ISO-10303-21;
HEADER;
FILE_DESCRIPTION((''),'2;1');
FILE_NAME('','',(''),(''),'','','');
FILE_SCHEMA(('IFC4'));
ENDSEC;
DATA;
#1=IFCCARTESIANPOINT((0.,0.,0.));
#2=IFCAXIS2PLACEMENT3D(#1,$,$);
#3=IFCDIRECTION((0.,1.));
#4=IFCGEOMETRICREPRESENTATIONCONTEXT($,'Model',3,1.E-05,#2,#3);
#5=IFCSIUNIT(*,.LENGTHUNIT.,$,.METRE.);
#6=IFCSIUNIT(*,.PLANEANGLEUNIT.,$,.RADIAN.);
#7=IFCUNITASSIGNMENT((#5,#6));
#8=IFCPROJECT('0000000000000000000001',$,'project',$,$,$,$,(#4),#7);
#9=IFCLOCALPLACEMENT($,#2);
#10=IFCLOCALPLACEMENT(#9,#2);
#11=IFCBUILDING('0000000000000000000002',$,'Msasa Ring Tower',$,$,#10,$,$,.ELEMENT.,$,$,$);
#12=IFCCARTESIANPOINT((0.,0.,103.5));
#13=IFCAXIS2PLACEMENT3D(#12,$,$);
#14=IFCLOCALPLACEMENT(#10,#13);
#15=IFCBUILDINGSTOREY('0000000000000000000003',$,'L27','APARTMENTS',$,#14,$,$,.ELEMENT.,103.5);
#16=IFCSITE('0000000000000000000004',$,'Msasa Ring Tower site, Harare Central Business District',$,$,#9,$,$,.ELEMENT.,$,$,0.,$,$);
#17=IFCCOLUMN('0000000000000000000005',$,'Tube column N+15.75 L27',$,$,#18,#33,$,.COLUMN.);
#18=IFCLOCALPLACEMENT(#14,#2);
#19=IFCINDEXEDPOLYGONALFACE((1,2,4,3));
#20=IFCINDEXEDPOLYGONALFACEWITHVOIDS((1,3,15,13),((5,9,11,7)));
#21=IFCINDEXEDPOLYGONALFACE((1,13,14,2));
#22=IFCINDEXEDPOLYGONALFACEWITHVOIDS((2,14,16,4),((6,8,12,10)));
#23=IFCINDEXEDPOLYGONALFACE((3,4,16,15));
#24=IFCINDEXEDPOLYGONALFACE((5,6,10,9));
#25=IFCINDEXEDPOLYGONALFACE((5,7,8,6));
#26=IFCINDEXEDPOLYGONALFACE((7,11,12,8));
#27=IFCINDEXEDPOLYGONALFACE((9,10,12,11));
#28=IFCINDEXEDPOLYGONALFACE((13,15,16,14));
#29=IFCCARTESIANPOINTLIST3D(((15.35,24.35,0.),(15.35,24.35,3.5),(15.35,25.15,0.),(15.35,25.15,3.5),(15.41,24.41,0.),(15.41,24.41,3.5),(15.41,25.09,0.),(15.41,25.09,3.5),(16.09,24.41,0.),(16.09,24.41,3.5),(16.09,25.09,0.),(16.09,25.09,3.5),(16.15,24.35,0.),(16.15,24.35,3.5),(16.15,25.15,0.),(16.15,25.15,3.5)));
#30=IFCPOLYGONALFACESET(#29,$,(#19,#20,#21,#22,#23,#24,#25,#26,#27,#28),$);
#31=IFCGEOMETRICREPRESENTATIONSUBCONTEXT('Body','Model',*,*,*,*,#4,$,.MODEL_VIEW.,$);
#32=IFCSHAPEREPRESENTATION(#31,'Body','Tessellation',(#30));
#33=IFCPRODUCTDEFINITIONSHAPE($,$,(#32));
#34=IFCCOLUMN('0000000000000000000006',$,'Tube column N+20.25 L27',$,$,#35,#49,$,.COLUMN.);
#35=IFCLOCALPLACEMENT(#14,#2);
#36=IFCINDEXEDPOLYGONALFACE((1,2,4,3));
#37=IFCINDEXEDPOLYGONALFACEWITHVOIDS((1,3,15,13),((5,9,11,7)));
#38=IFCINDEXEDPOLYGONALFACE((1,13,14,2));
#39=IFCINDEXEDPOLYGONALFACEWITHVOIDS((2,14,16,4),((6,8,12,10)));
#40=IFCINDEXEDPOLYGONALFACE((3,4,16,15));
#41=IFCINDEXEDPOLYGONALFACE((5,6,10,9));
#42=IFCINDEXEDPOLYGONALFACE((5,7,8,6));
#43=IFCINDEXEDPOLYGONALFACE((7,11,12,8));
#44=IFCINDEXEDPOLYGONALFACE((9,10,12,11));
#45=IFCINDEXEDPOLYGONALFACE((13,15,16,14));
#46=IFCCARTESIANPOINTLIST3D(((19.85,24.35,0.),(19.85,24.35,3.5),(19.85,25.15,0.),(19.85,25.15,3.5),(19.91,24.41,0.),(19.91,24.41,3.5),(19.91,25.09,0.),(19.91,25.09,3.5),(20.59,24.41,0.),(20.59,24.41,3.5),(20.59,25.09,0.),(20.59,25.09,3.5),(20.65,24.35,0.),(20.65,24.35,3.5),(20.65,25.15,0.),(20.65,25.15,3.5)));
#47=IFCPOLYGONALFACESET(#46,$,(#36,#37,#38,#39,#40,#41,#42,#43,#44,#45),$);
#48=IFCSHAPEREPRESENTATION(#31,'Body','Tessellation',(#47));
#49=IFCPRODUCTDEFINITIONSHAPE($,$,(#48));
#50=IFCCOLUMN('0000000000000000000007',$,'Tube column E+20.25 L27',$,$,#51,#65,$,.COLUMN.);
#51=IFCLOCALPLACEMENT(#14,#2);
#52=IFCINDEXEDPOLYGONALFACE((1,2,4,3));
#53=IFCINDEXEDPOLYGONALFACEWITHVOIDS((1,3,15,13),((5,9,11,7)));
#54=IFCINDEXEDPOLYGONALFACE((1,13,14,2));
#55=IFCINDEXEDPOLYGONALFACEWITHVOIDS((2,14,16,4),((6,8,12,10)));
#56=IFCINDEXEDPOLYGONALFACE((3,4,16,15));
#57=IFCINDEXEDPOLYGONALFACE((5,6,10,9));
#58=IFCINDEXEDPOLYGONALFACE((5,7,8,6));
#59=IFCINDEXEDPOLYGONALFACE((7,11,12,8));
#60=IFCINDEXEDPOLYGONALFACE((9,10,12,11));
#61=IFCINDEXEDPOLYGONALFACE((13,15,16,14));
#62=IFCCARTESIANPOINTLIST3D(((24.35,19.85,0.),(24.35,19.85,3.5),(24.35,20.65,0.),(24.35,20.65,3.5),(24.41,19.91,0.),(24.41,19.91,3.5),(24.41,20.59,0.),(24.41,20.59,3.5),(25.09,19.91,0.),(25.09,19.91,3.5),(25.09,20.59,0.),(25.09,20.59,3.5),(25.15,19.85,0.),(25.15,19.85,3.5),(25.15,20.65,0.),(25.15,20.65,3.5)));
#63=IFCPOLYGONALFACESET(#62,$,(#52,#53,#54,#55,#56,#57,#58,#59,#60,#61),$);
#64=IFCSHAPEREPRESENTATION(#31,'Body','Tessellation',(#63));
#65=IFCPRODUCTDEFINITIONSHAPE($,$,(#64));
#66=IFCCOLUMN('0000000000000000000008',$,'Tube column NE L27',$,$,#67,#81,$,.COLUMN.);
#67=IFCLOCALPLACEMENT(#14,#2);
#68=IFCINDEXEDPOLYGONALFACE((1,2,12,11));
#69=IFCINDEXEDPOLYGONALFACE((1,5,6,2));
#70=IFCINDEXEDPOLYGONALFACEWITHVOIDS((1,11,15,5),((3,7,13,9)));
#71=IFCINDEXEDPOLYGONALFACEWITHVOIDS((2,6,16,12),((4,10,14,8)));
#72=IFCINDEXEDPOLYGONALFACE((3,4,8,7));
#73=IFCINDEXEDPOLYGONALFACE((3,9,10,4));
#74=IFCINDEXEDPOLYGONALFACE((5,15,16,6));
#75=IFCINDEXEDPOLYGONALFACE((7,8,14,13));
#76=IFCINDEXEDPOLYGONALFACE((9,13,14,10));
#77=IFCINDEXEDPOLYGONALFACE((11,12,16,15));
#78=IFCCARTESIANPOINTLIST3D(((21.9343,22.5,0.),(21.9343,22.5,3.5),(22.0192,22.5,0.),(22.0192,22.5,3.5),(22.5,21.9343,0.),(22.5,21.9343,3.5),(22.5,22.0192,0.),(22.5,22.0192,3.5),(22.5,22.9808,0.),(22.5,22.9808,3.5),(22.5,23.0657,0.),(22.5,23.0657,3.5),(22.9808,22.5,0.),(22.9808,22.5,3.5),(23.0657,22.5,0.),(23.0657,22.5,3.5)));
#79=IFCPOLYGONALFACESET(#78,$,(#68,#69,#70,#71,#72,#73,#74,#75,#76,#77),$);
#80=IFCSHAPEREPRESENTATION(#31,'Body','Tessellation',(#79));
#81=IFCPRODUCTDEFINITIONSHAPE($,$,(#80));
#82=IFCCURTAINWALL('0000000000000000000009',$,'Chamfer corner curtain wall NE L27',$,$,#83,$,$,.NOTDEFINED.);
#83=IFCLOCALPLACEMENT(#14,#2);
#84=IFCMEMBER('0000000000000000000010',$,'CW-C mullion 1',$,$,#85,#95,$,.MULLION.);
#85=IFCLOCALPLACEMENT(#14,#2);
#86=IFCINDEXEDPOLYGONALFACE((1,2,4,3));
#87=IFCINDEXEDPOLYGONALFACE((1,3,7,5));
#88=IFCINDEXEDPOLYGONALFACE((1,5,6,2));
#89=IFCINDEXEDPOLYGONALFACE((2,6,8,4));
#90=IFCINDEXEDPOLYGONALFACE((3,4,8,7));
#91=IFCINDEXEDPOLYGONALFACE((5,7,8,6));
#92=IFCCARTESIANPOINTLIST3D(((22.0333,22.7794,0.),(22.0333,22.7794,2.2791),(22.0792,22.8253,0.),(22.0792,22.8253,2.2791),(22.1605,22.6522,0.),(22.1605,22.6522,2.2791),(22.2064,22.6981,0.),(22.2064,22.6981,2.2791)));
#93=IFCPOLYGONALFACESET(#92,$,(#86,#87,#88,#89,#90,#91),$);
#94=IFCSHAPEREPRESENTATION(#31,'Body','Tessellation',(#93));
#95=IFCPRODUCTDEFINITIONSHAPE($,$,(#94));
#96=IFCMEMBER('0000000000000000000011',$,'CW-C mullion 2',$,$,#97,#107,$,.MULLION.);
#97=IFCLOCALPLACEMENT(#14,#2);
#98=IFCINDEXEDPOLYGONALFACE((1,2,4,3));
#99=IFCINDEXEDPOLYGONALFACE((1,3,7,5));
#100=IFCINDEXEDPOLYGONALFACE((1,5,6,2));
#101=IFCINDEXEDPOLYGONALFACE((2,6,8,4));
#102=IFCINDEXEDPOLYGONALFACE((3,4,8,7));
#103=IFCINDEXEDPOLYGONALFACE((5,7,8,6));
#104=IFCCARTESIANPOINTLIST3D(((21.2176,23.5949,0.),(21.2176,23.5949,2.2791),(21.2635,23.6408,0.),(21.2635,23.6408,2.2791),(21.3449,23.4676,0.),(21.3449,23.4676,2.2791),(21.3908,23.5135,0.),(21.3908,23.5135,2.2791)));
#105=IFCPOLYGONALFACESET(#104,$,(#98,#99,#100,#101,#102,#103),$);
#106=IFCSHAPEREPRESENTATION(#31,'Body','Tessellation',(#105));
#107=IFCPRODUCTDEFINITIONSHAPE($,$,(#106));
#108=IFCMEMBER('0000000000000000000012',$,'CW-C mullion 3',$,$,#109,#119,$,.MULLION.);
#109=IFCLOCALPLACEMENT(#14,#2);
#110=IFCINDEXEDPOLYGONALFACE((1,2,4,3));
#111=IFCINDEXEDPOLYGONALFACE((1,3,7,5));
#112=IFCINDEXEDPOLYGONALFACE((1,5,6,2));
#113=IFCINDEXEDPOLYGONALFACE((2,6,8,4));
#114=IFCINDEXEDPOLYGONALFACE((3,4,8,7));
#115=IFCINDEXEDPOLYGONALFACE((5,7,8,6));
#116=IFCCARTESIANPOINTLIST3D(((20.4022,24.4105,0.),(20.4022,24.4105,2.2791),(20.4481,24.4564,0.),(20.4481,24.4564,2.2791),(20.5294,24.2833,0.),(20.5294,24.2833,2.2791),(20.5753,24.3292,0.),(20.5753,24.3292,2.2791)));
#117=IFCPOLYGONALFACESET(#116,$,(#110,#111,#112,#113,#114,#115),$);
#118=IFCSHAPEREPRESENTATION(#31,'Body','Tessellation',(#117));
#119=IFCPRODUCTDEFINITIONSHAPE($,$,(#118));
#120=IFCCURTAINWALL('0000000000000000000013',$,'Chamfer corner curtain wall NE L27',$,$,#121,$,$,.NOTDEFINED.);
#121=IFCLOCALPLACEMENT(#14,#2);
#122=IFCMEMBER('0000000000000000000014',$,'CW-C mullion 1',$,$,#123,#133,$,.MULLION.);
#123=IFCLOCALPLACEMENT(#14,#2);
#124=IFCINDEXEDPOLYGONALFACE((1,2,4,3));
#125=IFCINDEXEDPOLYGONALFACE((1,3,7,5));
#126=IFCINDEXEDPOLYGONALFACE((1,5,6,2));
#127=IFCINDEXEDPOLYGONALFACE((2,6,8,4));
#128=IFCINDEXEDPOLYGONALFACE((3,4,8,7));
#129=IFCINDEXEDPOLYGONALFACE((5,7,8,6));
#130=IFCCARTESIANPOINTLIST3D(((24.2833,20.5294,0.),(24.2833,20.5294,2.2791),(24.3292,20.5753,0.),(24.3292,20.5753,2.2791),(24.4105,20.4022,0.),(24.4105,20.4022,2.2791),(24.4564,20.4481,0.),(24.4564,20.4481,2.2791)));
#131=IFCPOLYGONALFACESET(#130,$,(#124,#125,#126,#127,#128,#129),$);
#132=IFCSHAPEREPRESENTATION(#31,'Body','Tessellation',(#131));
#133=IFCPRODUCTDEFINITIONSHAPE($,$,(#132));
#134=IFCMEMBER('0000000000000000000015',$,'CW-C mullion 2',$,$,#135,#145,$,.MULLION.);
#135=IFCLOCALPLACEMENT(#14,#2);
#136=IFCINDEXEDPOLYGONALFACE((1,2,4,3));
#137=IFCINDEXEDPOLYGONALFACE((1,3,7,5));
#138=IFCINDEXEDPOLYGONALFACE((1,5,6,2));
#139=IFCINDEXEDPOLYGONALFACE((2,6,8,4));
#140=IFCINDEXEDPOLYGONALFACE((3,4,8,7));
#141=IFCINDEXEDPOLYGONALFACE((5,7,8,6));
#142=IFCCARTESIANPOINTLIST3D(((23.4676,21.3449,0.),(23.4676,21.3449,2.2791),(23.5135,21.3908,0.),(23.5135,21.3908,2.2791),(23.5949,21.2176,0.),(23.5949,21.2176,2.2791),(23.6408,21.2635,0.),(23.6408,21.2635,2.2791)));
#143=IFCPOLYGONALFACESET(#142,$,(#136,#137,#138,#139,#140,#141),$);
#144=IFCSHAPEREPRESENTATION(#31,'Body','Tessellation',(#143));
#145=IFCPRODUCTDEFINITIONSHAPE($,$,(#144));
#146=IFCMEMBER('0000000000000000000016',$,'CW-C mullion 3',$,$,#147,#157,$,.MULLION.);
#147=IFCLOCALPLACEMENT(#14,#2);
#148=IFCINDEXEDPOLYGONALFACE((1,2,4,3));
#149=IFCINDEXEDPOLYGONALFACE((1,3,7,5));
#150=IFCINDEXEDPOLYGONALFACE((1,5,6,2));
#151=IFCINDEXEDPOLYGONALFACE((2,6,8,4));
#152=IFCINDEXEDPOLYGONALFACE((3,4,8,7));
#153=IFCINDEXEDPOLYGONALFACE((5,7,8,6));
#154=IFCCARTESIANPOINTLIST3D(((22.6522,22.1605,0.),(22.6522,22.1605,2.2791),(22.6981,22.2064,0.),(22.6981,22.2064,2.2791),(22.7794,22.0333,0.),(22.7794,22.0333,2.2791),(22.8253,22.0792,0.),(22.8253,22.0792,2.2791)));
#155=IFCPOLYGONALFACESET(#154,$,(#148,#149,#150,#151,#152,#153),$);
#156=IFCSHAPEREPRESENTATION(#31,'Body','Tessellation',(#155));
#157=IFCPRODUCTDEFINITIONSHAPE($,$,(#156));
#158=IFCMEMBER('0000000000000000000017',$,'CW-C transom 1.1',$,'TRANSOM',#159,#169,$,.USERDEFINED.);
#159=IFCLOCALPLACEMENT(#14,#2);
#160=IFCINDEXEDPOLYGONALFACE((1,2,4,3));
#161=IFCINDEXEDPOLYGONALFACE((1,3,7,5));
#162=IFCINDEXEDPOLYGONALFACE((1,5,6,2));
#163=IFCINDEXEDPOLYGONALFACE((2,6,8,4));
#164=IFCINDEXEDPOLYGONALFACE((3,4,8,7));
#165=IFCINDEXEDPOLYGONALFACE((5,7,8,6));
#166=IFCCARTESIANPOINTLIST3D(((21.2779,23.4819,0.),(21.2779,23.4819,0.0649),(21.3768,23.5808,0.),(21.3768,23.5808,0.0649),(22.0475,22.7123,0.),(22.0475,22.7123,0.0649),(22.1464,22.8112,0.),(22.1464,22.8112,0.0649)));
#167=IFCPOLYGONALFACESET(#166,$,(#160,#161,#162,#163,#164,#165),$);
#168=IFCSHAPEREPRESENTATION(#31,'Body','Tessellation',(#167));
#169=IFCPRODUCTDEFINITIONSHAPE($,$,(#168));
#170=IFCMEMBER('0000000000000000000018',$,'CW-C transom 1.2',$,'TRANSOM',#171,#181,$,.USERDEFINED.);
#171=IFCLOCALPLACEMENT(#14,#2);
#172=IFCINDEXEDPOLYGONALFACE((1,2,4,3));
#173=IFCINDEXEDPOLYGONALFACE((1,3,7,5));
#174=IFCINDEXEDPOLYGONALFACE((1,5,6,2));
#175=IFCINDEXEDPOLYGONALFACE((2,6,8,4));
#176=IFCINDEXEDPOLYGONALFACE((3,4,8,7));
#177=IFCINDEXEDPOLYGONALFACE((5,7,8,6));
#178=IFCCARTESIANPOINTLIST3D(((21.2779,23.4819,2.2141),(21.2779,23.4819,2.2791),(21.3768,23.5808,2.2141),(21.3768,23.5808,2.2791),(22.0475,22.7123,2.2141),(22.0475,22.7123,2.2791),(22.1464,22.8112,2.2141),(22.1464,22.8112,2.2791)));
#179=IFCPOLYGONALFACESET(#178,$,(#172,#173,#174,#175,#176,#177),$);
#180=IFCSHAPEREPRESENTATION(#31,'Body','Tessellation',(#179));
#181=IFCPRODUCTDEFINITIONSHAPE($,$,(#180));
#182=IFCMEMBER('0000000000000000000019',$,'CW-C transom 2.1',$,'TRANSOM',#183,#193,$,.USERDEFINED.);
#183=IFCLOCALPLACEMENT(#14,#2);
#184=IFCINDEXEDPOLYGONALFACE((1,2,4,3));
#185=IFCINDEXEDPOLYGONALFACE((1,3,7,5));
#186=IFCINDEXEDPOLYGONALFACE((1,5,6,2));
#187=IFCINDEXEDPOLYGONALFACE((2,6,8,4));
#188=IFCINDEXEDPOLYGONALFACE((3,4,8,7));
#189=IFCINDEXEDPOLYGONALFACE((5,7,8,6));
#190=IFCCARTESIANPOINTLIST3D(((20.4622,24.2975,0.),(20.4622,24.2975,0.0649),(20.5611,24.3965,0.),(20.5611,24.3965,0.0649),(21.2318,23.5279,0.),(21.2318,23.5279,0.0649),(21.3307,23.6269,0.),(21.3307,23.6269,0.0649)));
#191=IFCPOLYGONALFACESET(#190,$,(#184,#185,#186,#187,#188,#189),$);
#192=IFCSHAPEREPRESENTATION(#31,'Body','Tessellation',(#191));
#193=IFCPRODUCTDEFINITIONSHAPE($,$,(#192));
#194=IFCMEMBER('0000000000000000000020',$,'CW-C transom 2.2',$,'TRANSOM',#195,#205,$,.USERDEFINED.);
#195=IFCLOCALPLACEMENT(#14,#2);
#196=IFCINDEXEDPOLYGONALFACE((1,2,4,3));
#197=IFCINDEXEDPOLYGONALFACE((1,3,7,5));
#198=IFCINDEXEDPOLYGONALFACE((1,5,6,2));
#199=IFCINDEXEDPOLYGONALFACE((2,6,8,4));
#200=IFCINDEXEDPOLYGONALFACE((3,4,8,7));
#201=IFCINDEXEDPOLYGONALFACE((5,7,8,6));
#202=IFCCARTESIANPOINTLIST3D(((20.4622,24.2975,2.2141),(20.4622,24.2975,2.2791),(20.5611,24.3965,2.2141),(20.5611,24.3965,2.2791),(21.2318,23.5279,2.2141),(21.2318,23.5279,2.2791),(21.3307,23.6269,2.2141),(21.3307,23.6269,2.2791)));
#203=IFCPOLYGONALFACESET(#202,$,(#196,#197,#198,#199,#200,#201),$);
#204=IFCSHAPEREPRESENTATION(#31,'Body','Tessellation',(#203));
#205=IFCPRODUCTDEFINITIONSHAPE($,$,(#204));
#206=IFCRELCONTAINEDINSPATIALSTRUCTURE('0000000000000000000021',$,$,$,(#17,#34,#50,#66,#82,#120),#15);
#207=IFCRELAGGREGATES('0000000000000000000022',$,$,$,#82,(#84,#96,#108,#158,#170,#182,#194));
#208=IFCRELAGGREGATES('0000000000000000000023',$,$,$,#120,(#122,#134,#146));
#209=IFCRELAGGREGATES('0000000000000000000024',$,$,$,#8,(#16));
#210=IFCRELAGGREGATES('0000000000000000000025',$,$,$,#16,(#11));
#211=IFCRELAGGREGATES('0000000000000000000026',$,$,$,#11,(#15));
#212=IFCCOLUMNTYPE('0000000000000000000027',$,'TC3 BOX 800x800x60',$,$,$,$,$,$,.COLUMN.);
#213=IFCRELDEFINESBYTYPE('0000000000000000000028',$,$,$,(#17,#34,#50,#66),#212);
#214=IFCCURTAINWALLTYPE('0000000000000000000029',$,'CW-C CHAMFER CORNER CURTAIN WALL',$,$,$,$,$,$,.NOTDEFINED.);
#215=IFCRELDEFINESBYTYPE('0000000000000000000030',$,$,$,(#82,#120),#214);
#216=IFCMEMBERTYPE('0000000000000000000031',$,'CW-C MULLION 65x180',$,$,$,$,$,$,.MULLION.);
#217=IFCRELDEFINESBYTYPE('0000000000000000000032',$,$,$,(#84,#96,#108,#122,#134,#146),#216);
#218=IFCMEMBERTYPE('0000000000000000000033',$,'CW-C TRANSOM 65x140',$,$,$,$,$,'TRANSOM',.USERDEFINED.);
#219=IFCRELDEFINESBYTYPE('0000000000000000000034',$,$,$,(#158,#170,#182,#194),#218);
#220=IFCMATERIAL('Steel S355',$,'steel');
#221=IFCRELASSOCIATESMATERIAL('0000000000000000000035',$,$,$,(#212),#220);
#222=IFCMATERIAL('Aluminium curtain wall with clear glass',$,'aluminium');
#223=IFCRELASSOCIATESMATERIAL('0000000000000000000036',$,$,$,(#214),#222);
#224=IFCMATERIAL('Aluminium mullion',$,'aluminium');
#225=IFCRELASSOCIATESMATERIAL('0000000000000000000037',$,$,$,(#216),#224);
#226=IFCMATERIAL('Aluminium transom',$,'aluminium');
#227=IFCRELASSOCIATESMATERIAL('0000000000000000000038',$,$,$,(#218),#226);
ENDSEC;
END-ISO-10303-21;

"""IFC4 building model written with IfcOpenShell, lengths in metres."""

from ifc_helpers import new_model, si_unit, direction, frame, origin, origin_2d, place, context, subcontext, project, spatial, rectangle, hollow_rectangle, extrude, material, material_profile, profile_set, type_object, element, aggregate, save


model = new_model("IFC4")

# Units and contexts
model_context = context("Model", 3, precision=1e-05, world=origin(), true_north=direction((0.0, 1.0)))
body_context = subcontext(model_context, "Body", "Model", "MODEL_VIEW")
ifc_project = project(units=[si_unit("LENGTHUNIT", "METRE"), si_unit("PLANEANGLEUNIT", "RADIAN")], contexts=[model_context])

# Site, building, storey
site_placement = place(None, origin())
site = spatial("IfcSite", under=ifc_project, at=site_placement, Name="Msasa Ring Tower site, Harare Central Business District", CompositionType="ELEMENT", RefElevation=0.0)
building_placement = place(site_placement, origin())
building = spatial("IfcBuilding", under=site, at=building_placement, Name="Msasa Ring Tower", CompositionType="ELEMENT")
storey_placement = place(building_placement, frame((0.0, 0.0, 103.5)))
storey = spatial("IfcBuildingStorey", under=building, at=storey_placement, Name="L27", Description="APARTMENTS", CompositionType="ELEMENT", Elevation=103.5)

# Columns
ifc_material_1 = material(Name="Steel S355", Category="steel")
ifc_material_profile_1 = material_profile(ifc_material_1, hollow_rectangle(XDim=0.8, YDim=0.8, WallThickness=0.0601, at=origin_2d()), Name="BOX 800x800x60")
ifc_profile_set_1 = profile_set([ifc_material_profile_1], Name="Steel S355")
column_type = type_object("IfcColumnType", Name="TC3 BOX 800x800x60", PredefinedType="COLUMN", material=ifc_profile_set_1)
for number, where, z_axis, x_axis, name in (
    (1, (15.75, 24.75, 0.0), (0.0, 0.0, 1.0), (0.0, 1.0, 0.0), "Tube column N+15.75 L27"),
    (2, (20.25, 24.75, 0.0), (0.0, 0.0, 1.0), (0.0, 1.0, 0.0), "Tube column N+20.25 L27"),
    (3, (24.75, 20.25, 0.0), (0.0, 0.0, 1.0), (1.0, 0.0, 0.0), "Tube column E+20.25 L27"),
    (4, (22.5, 22.5, 0.0), (0.0, 0.0, 1.0), (0.707107, 0.707107, 0.0), "Tube column NE L27"),
):
    element("IfcColumn", number, at=place(storey_placement, frame(where, z_axis=z_axis, x_axis=x_axis)), inside=storey, type_object=column_type, Name=name, PredefinedType="COLUMN", context=body_context, shape_type="SweptSolid", body=[
        extrude(hollow_rectangle(XDim=0.8, YDim=0.8, WallThickness=0.0601, at=origin_2d()), origin(), (0.0, 0.0, 1.0), 3.5),
    ])

# Curtain walls, members
ifc_material_2 = material(Name="Aluminium curtain wall with clear glass", Category="aluminium")
curtain_wall_type = type_object("IfcCurtainWallType", Name="CW-C CHAMFER CORNER CURTAIN WALL", PredefinedType="NOTDEFINED", material=ifc_material_2)
curtain_wall_1_placement = place(storey_placement, origin())
curtain_wall_1 = element("IfcCurtainWall", 5, at=curtain_wall_1_placement, inside=storey, type_object=curtain_wall_type, Name="Chamfer corner curtain wall NE L27", PredefinedType="NOTDEFINED")
ifc_material_3 = material(Name="Aluminium mullion", Category="aluminium")
ifc_material_profile_2 = material_profile(ifc_material_3, rectangle(XDim=0.0649, YDim=0.1799, at=origin_2d()), Name="AL 65x180")
ifc_profile_set_2 = profile_set([ifc_material_profile_2], Name="Aluminium mullion")
member_type_1 = type_object("IfcMemberType", Name="CW-C MULLION 65x180", PredefinedType="MULLION", material=ifc_profile_set_2)
member_1_placement = place(storey_placement, frame((22.1199, 22.7388, 0.0), z_axis=(0.0, 0.0, 1.0), x_axis=(-0.707107, -0.707107, 0.0)))
member_1 = element("IfcMember", 6, at=member_1_placement, type_object=member_type_1, Name="CW-C mullion 1", PredefinedType="MULLION", context=body_context, shape_type="SweptSolid", body=[
    extrude(rectangle(XDim=0.0649, YDim=0.1799, at=origin_2d()), origin(), (0.0, 0.0, 1.0), 2.2791),
])
member_2_placement = place(storey_placement, frame((21.3042, 23.5542, 0.0), z_axis=(0.0, 0.0, 1.0), x_axis=(-0.707107, -0.707107, 0.0)))
member_2 = element("IfcMember", 7, at=member_2_placement, type_object=member_type_1, Name="CW-C mullion 2", PredefinedType="MULLION", context=body_context, shape_type="SweptSolid", body=[
    extrude(rectangle(XDim=0.0649, YDim=0.1799, at=origin_2d()), origin(), (0.0, 0.0, 1.0), 2.2791),
])
member_3_placement = place(storey_placement, frame((20.4888, 24.3699, 0.0), z_axis=(0.0, 0.0, 1.0), x_axis=(-0.707107, -0.707107, 0.0)))
member_3 = element("IfcMember", 8, at=member_3_placement, type_object=member_type_1, Name="CW-C mullion 3", PredefinedType="MULLION", context=body_context, shape_type="SweptSolid", body=[
    extrude(rectangle(XDim=0.0649, YDim=0.1799, at=origin_2d()), origin(), (0.0, 0.0, 1.0), 2.2791),
])
curtain_wall_2_placement = place(storey_placement, origin())
curtain_wall_2 = element("IfcCurtainWall", 9, at=curtain_wall_2_placement, inside=storey, type_object=curtain_wall_type, Name="Chamfer corner curtain wall NE L27", PredefinedType="NOTDEFINED")
member_4_placement = place(storey_placement, frame((24.3699, 20.4888, 0.0), z_axis=(0.0, 0.0, 1.0), x_axis=(-0.707107, -0.707107, 0.0)))
member_4 = element("IfcMember", 10, at=member_4_placement, type_object=member_type_1, Name="CW-C mullion 1", PredefinedType="MULLION", context=body_context, shape_type="SweptSolid", body=[
    extrude(rectangle(XDim=0.0649, YDim=0.1799, at=origin_2d()), origin(), (0.0, 0.0, 1.0), 2.2791),
])
member_5_placement = place(storey_placement, frame((23.5542, 21.3042, 0.0), z_axis=(0.0, 0.0, 1.0), x_axis=(-0.707107, -0.707107, 0.0)))
member_5 = element("IfcMember", 11, at=member_5_placement, type_object=member_type_1, Name="CW-C mullion 2", PredefinedType="MULLION", context=body_context, shape_type="SweptSolid", body=[
    extrude(rectangle(XDim=0.0649, YDim=0.1799, at=origin_2d()), origin(), (0.0, 0.0, 1.0), 2.2791),
])
member_6_placement = place(storey_placement, frame((22.7388, 22.1199, 0.0), z_axis=(0.0, 0.0, 1.0), x_axis=(-0.707107, -0.707107, 0.0)))
member_6 = element("IfcMember", 12, at=member_6_placement, type_object=member_type_1, Name="CW-C mullion 3", PredefinedType="MULLION", context=body_context, shape_type="SweptSolid", body=[
    extrude(rectangle(XDim=0.0649, YDim=0.1799, at=origin_2d()), origin(), (0.0, 0.0, 1.0), 2.2791),
])

# Members
ifc_material_4 = material(Name="Aluminium transom", Category="aluminium")
ifc_material_profile_3 = material_profile(ifc_material_4, rectangle(XDim=0.1399, YDim=0.0649, at=origin_2d()), Name="AL 65x140")
ifc_profile_set_3 = profile_set([ifc_material_profile_3], Name="Aluminium transom")
member_type_2 = type_object("IfcMemberType", Name="CW-C TRANSOM 65x140", ElementType="TRANSOM", PredefinedType="USERDEFINED", material=ifc_profile_set_3)
member_7_placement = place(storey_placement, frame((22.0969, 22.7617, 0.0325), z_axis=(-0.707107, 0.707107, 0.0), x_axis=(-0.707107, -0.707107, 0.0)))
member_7 = element("IfcMember", 13, at=member_7_placement, type_object=member_type_2, Name="CW-C transom 1.1", ObjectType="TRANSOM", PredefinedType="USERDEFINED", context=body_context, shape_type="SweptSolid", body=[
    extrude(rectangle(XDim=0.1399, YDim=0.0649, at=origin_2d()), origin(), (0.0, 0.0, 1.0), 1.0884),
])
member_8_placement = place(storey_placement, frame((22.0969, 22.7617, 2.2466), z_axis=(-0.707107, 0.707107, 0.0), x_axis=(-0.707107, -0.707107, 0.0)))
member_8 = element("IfcMember", 14, at=member_8_placement, type_object=member_type_2, Name="CW-C transom 1.2", ObjectType="TRANSOM", PredefinedType="USERDEFINED", context=body_context, shape_type="SweptSolid", body=[
    extrude(rectangle(XDim=0.1399, YDim=0.0649, at=origin_2d()), origin(), (0.0, 0.0, 1.0), 1.0884),
])
member_9_placement = place(storey_placement, frame((21.2812, 23.5774, 0.0325), z_axis=(-0.707107, 0.707107, 0.0), x_axis=(-0.707107, -0.707107, 0.0)))
member_9 = element("IfcMember", 15, at=member_9_placement, type_object=member_type_2, Name="CW-C transom 2.1", ObjectType="TRANSOM", PredefinedType="USERDEFINED", context=body_context, shape_type="SweptSolid", body=[
    extrude(rectangle(XDim=0.1399, YDim=0.0649, at=origin_2d()), origin(), (0.0, 0.0, 1.0), 1.0884),
])
member_10_placement = place(storey_placement, frame((21.2812, 23.5774, 2.2466), z_axis=(-0.707107, 0.707107, 0.0), x_axis=(-0.707107, -0.707107, 0.0)))
member_10 = element("IfcMember", 16, at=member_10_placement, type_object=member_type_2, Name="CW-C transom 2.2", ObjectType="TRANSOM", PredefinedType="USERDEFINED", context=body_context, shape_type="SweptSolid", body=[
    extrude(rectangle(XDim=0.1399, YDim=0.0649, at=origin_2d()), origin(), (0.0, 0.0, 1.0), 1.0884),
])

aggregate(curtain_wall_1, [member_1, member_2, member_3, member_7, member_8, member_9, member_10])
aggregate(curtain_wall_2, [member_4, member_5, member_6])

save(model, "model.ifc")
